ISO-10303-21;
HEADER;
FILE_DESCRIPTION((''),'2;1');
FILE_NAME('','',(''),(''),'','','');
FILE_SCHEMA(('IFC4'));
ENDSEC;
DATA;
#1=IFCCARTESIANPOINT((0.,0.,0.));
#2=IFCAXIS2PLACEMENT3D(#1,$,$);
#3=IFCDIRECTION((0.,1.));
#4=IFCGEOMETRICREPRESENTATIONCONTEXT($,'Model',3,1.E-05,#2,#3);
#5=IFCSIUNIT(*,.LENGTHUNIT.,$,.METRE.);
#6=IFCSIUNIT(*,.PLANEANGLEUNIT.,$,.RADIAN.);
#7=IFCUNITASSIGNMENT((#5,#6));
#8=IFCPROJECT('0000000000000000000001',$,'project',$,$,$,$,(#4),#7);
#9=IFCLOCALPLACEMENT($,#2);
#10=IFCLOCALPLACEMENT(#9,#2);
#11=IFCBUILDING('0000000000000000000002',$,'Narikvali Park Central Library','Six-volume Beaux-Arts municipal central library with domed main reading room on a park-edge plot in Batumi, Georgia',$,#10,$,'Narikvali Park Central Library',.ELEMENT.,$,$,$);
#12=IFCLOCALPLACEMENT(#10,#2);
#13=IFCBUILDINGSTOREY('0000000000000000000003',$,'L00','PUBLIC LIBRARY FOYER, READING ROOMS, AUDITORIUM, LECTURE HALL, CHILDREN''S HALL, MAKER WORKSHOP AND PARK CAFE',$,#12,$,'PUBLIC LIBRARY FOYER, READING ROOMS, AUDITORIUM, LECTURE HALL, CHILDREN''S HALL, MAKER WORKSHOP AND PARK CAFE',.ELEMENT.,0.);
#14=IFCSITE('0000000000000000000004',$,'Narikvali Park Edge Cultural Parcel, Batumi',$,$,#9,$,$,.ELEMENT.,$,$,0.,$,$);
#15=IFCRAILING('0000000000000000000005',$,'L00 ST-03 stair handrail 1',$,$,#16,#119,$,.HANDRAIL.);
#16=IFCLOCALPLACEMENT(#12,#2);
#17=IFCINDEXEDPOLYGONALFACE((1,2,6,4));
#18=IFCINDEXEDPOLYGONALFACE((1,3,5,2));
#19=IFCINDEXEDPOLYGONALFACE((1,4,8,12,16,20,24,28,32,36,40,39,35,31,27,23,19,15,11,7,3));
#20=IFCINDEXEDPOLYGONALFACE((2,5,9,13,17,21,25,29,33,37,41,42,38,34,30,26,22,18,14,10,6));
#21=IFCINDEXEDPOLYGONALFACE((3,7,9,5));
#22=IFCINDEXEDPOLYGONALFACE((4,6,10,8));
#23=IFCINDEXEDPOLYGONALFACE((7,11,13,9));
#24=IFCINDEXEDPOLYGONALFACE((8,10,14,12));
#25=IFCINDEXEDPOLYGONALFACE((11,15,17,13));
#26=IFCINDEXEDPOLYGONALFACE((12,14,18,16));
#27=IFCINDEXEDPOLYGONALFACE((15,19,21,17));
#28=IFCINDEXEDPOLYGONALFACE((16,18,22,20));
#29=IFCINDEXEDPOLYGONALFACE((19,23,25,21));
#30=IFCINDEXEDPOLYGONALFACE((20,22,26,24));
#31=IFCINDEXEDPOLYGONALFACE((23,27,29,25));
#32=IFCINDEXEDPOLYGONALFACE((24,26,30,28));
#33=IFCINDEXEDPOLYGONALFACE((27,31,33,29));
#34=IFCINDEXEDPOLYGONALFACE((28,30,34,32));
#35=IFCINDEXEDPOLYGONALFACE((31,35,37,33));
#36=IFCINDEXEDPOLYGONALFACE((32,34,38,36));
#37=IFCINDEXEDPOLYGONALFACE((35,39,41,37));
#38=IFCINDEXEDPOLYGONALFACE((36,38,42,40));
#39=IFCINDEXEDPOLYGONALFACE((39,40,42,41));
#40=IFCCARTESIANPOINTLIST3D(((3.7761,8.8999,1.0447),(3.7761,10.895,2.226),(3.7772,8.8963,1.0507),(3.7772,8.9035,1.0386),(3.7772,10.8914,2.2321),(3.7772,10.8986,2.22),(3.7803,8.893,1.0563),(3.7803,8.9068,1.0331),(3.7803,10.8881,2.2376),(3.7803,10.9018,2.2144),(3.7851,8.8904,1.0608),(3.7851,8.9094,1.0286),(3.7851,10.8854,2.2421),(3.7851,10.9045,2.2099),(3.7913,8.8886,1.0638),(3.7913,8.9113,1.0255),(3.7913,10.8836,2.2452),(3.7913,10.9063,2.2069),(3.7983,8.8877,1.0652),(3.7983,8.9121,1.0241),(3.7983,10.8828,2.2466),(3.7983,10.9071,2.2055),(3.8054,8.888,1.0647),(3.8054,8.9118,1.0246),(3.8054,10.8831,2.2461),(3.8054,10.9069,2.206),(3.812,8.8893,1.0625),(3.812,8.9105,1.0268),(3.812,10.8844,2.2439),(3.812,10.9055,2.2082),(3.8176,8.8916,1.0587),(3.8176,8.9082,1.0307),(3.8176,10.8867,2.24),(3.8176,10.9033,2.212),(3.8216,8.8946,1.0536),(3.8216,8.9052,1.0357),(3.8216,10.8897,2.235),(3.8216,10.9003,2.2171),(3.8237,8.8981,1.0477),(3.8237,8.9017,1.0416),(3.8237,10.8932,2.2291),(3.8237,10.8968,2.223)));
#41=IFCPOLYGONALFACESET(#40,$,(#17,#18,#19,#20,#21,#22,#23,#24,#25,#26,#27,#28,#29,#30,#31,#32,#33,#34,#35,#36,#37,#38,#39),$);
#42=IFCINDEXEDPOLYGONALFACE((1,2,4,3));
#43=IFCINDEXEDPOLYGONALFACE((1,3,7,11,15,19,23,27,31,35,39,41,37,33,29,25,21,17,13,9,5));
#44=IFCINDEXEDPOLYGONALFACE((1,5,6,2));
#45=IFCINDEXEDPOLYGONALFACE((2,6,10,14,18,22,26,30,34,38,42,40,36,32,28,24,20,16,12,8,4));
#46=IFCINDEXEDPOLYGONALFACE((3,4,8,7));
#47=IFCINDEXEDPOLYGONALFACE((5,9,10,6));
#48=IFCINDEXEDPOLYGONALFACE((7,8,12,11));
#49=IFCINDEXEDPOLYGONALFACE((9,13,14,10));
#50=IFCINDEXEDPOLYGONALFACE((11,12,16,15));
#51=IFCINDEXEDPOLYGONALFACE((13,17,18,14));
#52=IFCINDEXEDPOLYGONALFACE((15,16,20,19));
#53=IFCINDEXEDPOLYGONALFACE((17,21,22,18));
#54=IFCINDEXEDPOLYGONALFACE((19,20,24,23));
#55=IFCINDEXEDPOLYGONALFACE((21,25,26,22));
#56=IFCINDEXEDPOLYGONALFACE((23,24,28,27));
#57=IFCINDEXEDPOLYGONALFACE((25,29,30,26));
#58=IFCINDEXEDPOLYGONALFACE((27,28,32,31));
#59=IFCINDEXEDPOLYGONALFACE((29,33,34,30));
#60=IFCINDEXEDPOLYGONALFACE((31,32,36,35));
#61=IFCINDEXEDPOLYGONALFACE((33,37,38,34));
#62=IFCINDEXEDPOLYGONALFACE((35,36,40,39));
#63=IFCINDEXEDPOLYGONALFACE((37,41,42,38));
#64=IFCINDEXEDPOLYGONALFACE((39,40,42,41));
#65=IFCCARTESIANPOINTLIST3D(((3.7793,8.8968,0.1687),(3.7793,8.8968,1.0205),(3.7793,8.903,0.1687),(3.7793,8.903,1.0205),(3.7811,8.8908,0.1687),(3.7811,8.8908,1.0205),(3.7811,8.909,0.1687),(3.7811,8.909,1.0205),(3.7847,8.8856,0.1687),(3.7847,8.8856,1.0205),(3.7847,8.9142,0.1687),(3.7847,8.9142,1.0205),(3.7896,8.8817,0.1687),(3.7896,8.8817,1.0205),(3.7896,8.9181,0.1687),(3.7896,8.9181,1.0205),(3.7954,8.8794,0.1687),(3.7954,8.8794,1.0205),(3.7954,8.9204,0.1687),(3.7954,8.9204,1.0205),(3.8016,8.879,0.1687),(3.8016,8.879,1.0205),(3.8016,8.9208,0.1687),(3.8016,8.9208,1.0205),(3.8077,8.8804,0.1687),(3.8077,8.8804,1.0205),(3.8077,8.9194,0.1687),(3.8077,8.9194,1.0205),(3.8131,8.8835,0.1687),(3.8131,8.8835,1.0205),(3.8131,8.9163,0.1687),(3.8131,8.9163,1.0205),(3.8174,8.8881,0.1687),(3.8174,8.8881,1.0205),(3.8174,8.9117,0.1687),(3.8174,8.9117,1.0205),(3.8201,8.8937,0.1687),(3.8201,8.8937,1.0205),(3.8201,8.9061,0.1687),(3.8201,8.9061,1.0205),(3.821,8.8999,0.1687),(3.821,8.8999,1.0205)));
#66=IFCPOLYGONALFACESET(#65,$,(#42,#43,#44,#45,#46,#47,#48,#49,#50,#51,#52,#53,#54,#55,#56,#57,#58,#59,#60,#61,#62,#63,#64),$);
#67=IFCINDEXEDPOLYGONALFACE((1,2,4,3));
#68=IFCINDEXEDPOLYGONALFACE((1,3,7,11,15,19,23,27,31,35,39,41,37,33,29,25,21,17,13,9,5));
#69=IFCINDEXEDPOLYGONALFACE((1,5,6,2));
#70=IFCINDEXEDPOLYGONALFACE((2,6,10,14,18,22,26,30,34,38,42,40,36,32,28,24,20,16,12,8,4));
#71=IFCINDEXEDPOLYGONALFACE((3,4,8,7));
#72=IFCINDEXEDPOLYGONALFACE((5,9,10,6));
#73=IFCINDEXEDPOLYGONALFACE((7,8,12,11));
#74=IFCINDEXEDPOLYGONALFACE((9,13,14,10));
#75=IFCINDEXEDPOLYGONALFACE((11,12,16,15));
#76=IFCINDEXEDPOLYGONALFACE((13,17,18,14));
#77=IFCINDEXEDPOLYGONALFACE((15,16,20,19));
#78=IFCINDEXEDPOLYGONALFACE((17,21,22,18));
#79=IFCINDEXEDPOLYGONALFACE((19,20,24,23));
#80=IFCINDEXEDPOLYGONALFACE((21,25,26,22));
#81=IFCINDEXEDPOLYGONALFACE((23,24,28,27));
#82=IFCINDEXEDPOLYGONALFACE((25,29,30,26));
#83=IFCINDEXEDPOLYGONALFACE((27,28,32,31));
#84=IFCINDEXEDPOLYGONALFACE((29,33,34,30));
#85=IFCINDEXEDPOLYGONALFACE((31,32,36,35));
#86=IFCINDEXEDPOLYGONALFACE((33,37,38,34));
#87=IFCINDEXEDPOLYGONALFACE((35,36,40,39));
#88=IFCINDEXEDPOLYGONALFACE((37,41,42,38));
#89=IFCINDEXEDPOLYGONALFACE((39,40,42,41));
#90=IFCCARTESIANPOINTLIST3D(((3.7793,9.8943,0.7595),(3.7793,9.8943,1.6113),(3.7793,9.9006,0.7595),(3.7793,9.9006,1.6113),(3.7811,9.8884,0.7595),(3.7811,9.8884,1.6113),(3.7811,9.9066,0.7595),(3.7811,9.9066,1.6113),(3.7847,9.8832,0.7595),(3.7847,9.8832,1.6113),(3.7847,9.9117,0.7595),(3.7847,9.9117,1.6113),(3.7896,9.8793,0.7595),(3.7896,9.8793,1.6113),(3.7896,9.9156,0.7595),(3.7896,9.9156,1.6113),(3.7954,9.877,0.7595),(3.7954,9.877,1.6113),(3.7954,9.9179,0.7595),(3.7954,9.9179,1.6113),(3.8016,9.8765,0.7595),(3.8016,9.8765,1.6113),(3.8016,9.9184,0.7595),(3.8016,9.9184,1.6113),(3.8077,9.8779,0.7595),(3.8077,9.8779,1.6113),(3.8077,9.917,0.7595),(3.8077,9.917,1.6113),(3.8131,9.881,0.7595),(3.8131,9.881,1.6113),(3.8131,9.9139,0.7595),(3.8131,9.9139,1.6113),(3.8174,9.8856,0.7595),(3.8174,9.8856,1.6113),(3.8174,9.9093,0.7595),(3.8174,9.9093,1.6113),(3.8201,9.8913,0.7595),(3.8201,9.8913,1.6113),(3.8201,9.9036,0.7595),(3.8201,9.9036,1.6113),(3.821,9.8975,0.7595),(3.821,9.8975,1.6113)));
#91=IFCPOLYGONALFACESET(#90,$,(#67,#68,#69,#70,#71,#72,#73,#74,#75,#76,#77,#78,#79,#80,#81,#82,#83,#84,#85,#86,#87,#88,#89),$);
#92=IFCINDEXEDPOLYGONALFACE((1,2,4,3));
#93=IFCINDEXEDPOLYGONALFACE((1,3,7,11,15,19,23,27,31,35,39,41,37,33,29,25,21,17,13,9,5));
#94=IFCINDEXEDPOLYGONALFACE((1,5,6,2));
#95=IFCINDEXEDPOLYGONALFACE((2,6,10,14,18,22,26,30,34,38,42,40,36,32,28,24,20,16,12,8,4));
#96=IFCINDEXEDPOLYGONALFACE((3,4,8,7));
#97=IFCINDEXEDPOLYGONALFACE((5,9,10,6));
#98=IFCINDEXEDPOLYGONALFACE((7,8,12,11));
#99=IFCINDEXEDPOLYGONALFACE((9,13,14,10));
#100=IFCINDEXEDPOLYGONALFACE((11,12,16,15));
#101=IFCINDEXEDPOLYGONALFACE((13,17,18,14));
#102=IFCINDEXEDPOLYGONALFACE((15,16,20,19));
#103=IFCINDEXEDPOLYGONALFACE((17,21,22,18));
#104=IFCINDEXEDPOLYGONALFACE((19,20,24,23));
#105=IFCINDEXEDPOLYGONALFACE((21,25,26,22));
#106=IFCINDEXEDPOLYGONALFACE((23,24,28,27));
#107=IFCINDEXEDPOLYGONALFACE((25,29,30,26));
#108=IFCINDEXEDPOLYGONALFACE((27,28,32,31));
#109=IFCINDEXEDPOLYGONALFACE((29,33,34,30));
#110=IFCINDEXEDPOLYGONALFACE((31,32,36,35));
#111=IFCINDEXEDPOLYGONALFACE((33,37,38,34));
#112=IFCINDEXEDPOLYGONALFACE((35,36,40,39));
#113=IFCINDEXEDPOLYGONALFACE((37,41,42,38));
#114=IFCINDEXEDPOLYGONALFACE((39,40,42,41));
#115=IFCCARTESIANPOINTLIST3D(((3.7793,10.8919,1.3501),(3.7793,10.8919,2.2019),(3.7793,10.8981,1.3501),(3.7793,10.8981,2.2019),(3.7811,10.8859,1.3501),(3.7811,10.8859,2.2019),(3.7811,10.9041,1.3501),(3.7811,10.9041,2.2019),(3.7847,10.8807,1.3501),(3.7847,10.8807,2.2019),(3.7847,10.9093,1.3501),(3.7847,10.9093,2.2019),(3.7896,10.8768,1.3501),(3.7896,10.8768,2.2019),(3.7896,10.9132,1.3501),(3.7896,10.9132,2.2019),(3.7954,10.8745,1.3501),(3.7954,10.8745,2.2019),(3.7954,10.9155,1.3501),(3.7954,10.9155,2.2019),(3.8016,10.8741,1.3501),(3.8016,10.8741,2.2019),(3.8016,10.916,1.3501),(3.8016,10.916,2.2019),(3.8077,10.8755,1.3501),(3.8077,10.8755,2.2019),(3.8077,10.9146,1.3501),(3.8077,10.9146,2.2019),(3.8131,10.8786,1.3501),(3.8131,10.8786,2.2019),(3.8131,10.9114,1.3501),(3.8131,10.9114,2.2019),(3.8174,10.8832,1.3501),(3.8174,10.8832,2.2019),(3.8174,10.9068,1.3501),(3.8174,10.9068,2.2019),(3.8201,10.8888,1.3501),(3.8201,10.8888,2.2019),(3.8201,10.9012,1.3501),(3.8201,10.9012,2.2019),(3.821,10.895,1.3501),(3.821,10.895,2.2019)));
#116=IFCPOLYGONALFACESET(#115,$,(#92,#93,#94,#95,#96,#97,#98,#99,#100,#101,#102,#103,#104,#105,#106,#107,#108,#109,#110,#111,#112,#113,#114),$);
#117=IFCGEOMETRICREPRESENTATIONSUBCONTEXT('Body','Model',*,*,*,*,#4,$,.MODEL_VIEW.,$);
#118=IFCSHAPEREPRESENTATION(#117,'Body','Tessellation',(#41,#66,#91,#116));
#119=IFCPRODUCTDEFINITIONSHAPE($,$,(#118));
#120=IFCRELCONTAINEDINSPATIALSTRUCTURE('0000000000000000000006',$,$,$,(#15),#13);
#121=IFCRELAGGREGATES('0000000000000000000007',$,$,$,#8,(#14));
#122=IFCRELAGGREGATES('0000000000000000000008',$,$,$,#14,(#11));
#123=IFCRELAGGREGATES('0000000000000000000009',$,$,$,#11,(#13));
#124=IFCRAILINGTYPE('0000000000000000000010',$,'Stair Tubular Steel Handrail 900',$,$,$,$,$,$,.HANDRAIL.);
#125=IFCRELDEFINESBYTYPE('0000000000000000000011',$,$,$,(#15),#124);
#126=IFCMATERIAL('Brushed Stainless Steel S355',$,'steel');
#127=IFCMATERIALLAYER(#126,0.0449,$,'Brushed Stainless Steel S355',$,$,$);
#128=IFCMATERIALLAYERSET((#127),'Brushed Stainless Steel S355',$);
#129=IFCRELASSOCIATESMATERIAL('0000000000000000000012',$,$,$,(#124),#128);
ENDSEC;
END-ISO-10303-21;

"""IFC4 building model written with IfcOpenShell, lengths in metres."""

from ifc_helpers import new_model, si_unit, direction, frame, origin, origin_2d, place, context, subcontext, project, spatial, circle, extrude, material, layer, layer_set, type_object, element, save


model = new_model("IFC4")

# Units and contexts
model_context = context("Model", 3, precision=1e-05, world=origin(), true_north=direction((0.0, 1.0)))
body_context = subcontext(model_context, "Body", "Model", "MODEL_VIEW")
ifc_project = project(units=[si_unit("LENGTHUNIT", "METRE"), si_unit("PLANEANGLEUNIT", "RADIAN")], contexts=[model_context])

# Site, building, storey
site_placement = place(None, origin())
site = spatial("IfcSite", under=ifc_project, at=site_placement, Name="Narikvali Park Edge Cultural Parcel, Batumi", CompositionType="ELEMENT", RefElevation=0.0)
building_placement = place(site_placement, origin())
building = spatial("IfcBuilding", under=site, at=building_placement, Name="Narikvali Park Central Library", Description="Six-volume Beaux-Arts municipal central library with domed main reading room on a park-edge plot in Batumi, Georgia", LongName="Narikvali Park Central Library", CompositionType="ELEMENT")
storey_placement = place(building_placement, origin())
storey = spatial("IfcBuildingStorey", under=building, at=storey_placement, Name="L00", Description="PUBLIC LIBRARY FOYER, READING ROOMS, AUDITORIUM, LECTURE HALL, CHILDREN'S HALL, MAKER WORKSHOP AND PARK CAFE", LongName="PUBLIC LIBRARY FOYER, READING ROOMS, AUDITORIUM, LECTURE HALL, CHILDREN'S HALL, MAKER WORKSHOP AND PARK CAFE", CompositionType="ELEMENT", Elevation=0.0)

# Railing
ifc_material_1 = material(Name="Brushed Stainless Steel S355", Category="steel")
ifc_layer_1 = layer(ifc_material_1, 0.0449, Name="Brushed Stainless Steel S355")
ifc_layer_set_1 = layer_set([ifc_layer_1], Name="Brushed Stainless Steel S355")
railing_type_1 = type_object("IfcRailingType", Name="Stair Tubular Steel Handrail 900", PredefinedType="HANDRAIL", material=ifc_layer_set_1)
railing_1_placement = place(storey_placement, frame((3.8, 8.8999, 0.1687)))
element("IfcRailing", 1, at=railing_1_placement, inside=storey, type_object=railing_type_1, Name="L00 ST-03 stair handrail 1", PredefinedType="HANDRAIL", context=body_context, shape_type="SweptSolid", body=[
    extrude(circle(Radius=0.0239, at=origin_2d()), frame((0.0, 0.0, 0.876), z_axis=(0.0, 0.860461, 0.509517), x_axis=(-1.0, 0.0, 0.0)), (0.0, 0.0, 1.0), 2.3186),
    extrude(circle(Radius=0.021, at=origin_2d()), origin(), (0.0, 0.0, 1.0), 0.8518),
    extrude(circle(Radius=0.021, at=origin_2d()), frame((0.0, 0.9976, 0.5908)), (0.0, 0.0, 1.0), 0.8518),
    extrude(circle(Radius=0.021, at=origin_2d()), frame((0.0, 1.9951, 1.1814)), (0.0, 0.0, 1.0), 0.8518),
])

save(model, "model.ifc")
